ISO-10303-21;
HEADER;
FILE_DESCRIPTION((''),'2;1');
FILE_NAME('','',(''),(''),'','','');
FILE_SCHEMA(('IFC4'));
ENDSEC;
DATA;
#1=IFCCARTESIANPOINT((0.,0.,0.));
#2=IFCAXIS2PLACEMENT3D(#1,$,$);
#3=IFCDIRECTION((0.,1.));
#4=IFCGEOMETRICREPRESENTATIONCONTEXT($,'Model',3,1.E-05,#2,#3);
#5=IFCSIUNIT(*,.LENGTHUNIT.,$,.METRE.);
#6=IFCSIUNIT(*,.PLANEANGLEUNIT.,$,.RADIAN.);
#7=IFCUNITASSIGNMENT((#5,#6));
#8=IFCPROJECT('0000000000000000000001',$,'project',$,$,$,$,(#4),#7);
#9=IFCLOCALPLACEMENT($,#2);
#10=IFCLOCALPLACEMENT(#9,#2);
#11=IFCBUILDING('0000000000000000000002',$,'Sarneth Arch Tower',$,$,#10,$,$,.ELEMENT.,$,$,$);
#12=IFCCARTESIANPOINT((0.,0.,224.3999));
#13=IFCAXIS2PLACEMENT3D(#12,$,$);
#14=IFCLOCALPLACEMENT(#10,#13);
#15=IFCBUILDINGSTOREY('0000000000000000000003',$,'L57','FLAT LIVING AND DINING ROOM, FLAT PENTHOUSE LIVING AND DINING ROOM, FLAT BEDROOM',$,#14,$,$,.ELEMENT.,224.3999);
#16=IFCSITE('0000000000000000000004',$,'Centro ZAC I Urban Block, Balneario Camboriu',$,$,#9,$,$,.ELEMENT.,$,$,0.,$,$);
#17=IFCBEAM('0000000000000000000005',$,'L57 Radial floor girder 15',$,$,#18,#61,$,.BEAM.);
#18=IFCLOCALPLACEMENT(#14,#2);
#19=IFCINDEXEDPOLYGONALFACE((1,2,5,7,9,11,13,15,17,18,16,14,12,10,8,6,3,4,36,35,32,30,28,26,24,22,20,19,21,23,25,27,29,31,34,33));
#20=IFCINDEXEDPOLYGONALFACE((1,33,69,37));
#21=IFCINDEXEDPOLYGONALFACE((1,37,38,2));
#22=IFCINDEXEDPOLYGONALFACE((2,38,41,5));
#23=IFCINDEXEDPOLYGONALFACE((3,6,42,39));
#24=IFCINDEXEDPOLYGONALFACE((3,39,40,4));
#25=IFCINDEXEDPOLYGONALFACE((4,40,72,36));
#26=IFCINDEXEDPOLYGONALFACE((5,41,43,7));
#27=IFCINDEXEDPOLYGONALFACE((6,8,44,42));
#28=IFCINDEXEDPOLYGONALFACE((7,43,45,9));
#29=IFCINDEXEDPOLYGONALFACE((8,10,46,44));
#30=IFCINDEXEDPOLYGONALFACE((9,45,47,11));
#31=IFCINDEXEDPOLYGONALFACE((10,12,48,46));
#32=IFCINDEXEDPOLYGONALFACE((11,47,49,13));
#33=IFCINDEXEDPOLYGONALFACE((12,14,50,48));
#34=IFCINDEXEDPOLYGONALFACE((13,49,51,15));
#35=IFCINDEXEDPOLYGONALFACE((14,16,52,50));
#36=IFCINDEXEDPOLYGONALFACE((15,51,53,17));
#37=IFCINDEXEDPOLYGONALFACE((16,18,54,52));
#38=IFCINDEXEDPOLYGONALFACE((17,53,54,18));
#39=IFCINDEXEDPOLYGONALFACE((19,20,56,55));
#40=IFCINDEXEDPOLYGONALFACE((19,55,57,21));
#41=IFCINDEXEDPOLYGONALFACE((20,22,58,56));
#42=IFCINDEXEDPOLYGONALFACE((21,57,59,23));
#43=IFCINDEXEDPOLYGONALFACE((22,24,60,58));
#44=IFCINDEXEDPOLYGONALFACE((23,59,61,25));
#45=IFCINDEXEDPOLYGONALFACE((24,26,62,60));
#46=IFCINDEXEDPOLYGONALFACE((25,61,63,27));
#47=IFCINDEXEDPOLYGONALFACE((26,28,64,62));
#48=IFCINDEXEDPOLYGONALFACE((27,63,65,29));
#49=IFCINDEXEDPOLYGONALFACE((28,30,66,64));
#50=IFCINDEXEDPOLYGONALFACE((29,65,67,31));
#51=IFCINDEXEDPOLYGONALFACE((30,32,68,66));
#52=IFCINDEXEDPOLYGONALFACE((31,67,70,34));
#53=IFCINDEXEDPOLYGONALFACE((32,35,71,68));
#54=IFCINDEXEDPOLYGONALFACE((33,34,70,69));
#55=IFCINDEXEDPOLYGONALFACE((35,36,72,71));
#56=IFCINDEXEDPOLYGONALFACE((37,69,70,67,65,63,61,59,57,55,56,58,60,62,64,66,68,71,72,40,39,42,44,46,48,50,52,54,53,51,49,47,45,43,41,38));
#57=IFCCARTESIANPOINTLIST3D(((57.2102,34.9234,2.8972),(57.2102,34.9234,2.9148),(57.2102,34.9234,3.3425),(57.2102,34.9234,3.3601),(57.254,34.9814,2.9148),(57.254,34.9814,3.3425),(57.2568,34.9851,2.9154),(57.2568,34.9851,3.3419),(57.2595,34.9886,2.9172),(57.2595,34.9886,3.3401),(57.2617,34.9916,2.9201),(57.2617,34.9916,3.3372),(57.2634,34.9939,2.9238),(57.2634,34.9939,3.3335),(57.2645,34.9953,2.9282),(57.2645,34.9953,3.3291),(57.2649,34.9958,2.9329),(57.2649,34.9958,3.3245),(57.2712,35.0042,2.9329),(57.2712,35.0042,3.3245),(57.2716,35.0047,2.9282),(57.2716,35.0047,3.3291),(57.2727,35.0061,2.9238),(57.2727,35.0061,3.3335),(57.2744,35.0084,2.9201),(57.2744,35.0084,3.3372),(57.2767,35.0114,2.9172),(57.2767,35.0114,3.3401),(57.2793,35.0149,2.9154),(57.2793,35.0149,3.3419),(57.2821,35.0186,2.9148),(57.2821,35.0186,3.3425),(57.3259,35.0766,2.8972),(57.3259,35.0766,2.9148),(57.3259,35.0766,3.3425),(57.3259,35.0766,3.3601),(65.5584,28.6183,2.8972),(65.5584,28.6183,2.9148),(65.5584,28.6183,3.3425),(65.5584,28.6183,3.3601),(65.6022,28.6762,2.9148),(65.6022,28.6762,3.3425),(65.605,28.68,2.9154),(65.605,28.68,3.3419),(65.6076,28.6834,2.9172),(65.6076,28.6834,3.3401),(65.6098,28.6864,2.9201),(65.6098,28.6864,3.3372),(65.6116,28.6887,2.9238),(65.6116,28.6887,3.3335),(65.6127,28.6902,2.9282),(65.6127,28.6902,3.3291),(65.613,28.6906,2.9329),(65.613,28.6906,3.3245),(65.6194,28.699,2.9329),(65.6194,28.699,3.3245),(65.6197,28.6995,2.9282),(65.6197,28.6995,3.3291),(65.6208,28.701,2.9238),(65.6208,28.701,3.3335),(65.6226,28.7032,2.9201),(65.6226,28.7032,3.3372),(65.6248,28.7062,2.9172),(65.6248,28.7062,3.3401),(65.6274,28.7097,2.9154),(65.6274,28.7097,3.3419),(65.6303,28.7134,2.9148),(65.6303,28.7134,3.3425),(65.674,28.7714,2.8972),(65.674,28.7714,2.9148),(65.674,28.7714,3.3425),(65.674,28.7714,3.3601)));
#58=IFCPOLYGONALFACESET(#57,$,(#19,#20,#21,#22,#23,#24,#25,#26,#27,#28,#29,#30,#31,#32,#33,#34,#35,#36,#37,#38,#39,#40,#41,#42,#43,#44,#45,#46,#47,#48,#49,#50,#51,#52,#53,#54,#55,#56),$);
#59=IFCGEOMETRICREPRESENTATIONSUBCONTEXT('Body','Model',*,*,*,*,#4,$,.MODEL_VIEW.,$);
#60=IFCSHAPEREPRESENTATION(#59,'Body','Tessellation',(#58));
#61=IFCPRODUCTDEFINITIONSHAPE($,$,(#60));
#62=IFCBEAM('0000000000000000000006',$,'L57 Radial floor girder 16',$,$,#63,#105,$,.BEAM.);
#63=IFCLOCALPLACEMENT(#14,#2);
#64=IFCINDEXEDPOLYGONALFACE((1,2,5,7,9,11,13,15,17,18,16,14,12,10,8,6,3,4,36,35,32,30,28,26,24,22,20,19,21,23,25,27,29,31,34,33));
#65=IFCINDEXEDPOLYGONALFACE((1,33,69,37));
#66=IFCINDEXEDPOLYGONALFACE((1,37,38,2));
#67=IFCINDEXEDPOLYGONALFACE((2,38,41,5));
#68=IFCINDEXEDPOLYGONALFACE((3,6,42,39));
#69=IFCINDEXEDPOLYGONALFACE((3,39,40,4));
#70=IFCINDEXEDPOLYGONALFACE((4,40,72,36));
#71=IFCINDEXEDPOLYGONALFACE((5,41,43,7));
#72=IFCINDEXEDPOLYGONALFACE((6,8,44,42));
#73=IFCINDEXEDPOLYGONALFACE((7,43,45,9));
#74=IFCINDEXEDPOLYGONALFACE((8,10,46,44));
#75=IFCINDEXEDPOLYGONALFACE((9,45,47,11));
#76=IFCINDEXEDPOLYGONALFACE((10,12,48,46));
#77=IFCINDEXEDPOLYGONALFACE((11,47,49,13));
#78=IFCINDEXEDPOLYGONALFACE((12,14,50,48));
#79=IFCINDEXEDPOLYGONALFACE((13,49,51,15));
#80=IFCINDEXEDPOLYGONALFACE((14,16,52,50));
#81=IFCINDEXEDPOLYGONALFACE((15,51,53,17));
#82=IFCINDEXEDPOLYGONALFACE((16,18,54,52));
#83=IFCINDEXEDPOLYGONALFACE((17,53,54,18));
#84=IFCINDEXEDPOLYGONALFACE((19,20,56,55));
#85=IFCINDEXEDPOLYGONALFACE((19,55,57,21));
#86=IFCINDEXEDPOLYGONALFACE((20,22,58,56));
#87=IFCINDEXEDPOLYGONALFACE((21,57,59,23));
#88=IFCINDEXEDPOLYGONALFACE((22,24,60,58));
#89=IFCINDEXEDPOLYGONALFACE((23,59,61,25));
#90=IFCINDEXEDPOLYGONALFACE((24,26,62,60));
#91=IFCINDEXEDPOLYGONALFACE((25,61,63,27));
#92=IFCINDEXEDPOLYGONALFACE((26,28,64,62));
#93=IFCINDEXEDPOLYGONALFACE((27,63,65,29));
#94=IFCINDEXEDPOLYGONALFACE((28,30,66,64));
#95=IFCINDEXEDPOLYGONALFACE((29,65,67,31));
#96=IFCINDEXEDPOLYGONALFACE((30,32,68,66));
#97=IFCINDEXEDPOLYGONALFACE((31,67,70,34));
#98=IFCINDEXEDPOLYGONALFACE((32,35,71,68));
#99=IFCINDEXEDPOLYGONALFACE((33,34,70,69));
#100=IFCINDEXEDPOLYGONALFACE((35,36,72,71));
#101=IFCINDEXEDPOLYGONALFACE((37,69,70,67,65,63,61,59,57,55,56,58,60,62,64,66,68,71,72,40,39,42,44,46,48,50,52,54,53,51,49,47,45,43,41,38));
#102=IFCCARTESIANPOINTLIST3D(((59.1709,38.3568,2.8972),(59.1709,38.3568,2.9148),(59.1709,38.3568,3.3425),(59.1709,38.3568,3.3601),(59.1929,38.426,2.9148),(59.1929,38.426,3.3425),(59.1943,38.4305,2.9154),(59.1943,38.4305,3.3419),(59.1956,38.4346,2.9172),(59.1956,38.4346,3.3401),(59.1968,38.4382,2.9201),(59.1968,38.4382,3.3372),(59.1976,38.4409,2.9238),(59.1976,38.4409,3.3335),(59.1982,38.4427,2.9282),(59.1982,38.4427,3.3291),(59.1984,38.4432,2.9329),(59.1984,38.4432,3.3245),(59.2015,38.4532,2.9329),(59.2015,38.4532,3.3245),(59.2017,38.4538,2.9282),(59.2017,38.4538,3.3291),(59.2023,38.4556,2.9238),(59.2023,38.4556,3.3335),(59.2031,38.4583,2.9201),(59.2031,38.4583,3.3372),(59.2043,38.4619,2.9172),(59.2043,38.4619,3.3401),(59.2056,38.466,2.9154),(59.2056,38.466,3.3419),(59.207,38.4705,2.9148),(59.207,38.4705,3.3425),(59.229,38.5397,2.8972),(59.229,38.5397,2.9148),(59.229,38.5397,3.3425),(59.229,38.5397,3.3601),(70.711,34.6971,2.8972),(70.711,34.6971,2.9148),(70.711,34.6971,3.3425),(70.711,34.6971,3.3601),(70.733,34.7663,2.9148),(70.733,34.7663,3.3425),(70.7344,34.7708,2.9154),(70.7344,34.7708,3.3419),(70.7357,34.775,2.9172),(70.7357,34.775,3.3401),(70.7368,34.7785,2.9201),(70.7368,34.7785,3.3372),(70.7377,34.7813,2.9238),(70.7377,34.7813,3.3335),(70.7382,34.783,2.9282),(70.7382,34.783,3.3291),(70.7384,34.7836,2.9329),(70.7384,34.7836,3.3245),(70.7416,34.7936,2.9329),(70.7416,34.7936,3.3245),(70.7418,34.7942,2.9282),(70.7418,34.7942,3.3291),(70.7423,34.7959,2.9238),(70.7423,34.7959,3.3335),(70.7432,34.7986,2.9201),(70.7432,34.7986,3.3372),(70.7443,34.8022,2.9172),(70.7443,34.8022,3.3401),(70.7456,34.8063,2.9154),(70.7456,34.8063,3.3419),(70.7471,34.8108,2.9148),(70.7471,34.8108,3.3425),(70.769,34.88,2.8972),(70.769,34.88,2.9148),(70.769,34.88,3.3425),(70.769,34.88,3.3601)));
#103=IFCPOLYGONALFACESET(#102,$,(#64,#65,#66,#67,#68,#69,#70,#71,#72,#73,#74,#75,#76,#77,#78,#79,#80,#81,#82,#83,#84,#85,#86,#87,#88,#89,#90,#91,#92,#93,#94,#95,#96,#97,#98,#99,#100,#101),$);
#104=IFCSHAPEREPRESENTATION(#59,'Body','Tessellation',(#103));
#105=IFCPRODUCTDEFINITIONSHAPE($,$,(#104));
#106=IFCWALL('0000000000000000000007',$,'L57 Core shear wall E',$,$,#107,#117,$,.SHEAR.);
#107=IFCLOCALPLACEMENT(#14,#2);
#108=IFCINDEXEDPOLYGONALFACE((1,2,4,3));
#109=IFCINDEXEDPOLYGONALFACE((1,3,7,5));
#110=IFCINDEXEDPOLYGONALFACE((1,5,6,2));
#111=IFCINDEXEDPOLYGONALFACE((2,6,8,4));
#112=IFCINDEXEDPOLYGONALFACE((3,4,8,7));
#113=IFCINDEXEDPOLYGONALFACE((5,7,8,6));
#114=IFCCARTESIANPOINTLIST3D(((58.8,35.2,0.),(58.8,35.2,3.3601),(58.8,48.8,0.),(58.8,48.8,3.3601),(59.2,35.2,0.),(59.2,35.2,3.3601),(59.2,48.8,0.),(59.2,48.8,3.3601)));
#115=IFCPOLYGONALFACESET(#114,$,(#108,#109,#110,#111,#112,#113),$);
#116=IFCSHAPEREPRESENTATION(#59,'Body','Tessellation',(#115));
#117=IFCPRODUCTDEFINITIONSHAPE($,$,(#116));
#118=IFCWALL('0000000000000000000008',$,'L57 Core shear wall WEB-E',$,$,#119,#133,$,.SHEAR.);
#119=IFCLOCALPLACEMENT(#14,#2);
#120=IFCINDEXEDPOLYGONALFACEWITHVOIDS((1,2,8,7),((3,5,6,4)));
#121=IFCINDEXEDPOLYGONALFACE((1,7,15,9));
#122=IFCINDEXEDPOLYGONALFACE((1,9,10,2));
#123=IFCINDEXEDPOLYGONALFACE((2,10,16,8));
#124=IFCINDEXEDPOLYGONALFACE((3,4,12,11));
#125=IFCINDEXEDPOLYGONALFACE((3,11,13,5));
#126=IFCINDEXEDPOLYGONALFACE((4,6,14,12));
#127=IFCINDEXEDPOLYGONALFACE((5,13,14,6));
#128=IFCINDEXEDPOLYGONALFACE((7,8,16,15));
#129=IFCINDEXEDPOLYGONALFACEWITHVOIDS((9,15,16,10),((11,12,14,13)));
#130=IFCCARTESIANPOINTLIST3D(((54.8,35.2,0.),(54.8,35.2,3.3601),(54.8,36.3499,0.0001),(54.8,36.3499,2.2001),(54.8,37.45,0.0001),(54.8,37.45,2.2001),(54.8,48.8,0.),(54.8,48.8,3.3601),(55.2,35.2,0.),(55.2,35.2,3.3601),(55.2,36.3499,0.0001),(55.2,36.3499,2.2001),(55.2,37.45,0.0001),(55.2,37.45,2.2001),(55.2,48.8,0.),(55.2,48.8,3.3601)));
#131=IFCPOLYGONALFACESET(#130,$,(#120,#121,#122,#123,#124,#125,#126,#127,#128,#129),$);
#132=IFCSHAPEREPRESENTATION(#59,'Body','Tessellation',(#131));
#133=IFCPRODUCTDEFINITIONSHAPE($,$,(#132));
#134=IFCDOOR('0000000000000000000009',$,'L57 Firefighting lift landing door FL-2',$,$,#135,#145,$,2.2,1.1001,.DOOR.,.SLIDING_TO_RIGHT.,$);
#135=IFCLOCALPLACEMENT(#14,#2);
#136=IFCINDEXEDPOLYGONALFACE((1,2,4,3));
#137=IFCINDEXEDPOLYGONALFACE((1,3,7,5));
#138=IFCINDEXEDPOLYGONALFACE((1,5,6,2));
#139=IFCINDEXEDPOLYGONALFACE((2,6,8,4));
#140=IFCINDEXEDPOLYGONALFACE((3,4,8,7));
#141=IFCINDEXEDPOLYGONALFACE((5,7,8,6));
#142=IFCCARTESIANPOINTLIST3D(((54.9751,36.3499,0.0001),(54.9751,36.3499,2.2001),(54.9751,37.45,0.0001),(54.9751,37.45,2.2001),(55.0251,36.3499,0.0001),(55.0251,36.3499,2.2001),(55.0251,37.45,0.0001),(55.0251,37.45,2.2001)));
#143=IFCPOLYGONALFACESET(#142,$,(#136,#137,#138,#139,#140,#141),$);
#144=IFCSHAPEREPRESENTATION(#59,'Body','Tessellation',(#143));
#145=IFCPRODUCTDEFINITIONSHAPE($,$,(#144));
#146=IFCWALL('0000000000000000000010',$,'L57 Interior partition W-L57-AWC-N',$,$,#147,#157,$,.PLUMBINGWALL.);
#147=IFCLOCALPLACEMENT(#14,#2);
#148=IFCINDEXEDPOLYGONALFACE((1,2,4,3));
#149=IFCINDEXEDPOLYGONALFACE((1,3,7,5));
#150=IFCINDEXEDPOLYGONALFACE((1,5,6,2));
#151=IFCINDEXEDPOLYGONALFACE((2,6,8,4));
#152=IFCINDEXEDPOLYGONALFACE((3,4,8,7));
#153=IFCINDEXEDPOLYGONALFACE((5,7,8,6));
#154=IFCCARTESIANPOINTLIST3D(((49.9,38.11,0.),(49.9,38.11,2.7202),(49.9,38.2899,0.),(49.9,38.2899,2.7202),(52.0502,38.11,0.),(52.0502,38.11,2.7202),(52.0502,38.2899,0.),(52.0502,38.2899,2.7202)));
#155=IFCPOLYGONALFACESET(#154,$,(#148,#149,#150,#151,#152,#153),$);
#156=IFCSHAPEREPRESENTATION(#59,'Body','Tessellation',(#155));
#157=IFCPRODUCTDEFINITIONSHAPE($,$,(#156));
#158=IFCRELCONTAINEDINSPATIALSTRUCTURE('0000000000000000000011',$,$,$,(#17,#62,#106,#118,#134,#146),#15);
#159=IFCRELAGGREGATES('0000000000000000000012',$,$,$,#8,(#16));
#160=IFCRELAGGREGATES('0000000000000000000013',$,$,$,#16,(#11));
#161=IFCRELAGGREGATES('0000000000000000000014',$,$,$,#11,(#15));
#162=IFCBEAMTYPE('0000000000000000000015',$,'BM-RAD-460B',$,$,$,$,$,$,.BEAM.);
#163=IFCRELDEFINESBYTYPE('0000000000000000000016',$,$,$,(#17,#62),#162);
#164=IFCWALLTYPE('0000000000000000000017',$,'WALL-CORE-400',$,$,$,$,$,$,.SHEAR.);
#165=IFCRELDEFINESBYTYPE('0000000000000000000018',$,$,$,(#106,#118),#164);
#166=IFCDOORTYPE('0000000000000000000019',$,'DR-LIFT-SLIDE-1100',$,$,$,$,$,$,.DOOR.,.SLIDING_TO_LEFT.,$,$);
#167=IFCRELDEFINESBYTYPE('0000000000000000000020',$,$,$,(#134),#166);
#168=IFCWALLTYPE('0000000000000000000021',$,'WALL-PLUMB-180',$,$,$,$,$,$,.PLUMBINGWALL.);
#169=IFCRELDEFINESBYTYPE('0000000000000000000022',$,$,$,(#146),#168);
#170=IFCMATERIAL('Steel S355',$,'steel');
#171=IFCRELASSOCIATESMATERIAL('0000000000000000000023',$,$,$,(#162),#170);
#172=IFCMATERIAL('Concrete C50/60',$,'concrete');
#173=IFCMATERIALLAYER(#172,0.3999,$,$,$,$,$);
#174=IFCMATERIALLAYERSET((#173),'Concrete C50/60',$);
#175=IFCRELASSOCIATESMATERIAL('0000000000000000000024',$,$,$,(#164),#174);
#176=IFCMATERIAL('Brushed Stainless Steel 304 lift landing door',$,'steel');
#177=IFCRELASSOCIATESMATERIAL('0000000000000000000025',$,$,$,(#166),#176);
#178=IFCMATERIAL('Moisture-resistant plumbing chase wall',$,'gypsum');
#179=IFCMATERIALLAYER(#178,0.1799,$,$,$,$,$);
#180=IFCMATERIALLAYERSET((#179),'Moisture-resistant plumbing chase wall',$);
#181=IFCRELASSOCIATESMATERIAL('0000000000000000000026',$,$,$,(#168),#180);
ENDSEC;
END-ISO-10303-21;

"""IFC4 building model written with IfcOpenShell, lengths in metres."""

from ifc_helpers import new_model, si_unit, direction, frame, frame_2d, origin, origin_2d, place, context, subcontext, project, spatial, rectangle, i_section, extrude, material, layer, layer_set, material_profile, profile_set, type_object, element, fill, save


model = new_model("IFC4")

# Units and contexts
model_context = context("Model", 3, precision=1e-05, world=origin(), true_north=direction((0.0, 1.0)))
body_context = subcontext(model_context, "Body", "Model", "MODEL_VIEW")
ifc_project = project(units=[si_unit("LENGTHUNIT", "METRE"), si_unit("PLANEANGLEUNIT", "RADIAN")], contexts=[model_context])

# Site, building, storey
site_placement = place(None, origin())
site = spatial("IfcSite", under=ifc_project, at=site_placement, Name="Centro ZAC I Urban Block, Balneario Camboriu", CompositionType="ELEMENT", RefElevation=0.0)
building_placement = place(site_placement, origin())
building = spatial("IfcBuilding", under=site, at=building_placement, Name="Sarneth Arch Tower", CompositionType="ELEMENT")
storey_placement = place(building_placement, frame((0.0, 0.0, 224.3999)))
storey = spatial("IfcBuildingStorey", under=building, at=storey_placement, Name="L57", Description="FLAT LIVING AND DINING ROOM, FLAT PENTHOUSE LIVING AND DINING ROOM, FLAT BEDROOM", CompositionType="ELEMENT", Elevation=224.3999)

# Beams
ifc_material_1 = material(Name="Steel S355", Category="steel")
ifc_material_profile_1 = material_profile(ifc_material_1, i_section(OverallWidth=0.1919, OverallDepth=0.4629, WebThickness=0.0105, FlangeThickness=0.0176, FilletRadius=0.0181, at=origin_2d()), Name="W460x89")
ifc_profile_set_1 = profile_set([ifc_material_profile_1], Name="Steel S355")
beam_type_1 = type_object("IfcBeamType", Name="BM-RAD-460B", PredefinedType="BEAM", material=ifc_profile_set_1)
beam_1_placement = place(storey_placement, frame((57.2681, 35.0, 3.1287), z_axis=(0.797974, -0.602692, 0.0), x_axis=(0.602692, 0.797974, 0.0)))
element("IfcBeam", 1, at=beam_1_placement, inside=storey, type_object=beam_type_1, Name="L57 Radial floor girder 15", PredefinedType="BEAM", context=body_context, shape_type="SweptSolid", body=[
    extrude(i_section(OverallWidth=0.1919, OverallDepth=0.4629, WebThickness=0.0105, FlangeThickness=0.0176, FilletRadius=0.0181, at=origin_2d()), origin(), (0.0, 0.0, 1.0), 10.4617),
])
beam_2_placement = place(storey_placement, frame((59.2, 38.4482, 3.1287), z_axis=(0.953216, -0.302291, 0.0), x_axis=(0.302291, 0.953216, 0.0)))
element("IfcBeam", 2, at=beam_2_placement, inside=storey, type_object=beam_type_1, Name="L57 Radial floor girder 16", PredefinedType="BEAM", context=body_context, shape_type="SweptSolid", body=[
    extrude(i_section(OverallWidth=0.1919, OverallDepth=0.4629, WebThickness=0.0105, FlangeThickness=0.0176, FilletRadius=0.0181, at=origin_2d()), origin(), (0.0, 0.0, 1.0), 12.1064),
])

# Shared definitions
ifc_material_2 = material(Name="Concrete C50/60", Category="concrete")
ifc_layer_1 = layer(ifc_material_2, 0.3999)
ifc_layer_set_1 = layer_set([ifc_layer_1], Name="Concrete C50/60")
wall_type_1 = type_object("IfcWallType", Name="WALL-CORE-400", PredefinedType="SHEAR", material=ifc_layer_set_1)

# Wall
wall_1_placement = place(storey_placement, frame((59.0, 35.2, 0.0), z_axis=(0.0, 0.0, 1.0), x_axis=(0.0, 1.0, 0.0)))
element("IfcWall", 3, at=wall_1_placement, inside=storey, type_object=wall_type_1, Name="L57 Core shear wall E", PredefinedType="SHEAR", context=body_context, shape_type="SweptSolid", body=[
    extrude(rectangle(XDim=13.6001, YDim=0.3999, at=frame_2d((6.8, 0.0))), origin(), (0.0, 0.0, 1.0), 3.3601),
])

# Wall, opening, door
wall_2_placement = place(storey_placement, frame((55.0, 35.2, 0.0), z_axis=(0.0, 0.0, 1.0), x_axis=(0.0, 1.0, 0.0)))
wall_2 = element("IfcWall", 4, at=wall_2_placement, inside=storey, type_object=wall_type_1, Name="L57 Core shear wall WEB-E", PredefinedType="SHEAR", context=body_context, shape_type="SweptSolid", body=[
    extrude(rectangle(XDim=13.6001, YDim=0.3999, at=frame_2d((6.8, 0.0))), origin(), (0.0, 0.0, 1.0), 3.3601),
])
opening_1_placement = place(wall_2_placement, frame((1.1499, 0.0, 0.0)))
opening_1 = element("IfcOpeningElement", 5, at=opening_1_placement, cuts=wall_2, PredefinedType="OPENING", context=body_context, shape_type="SweptSolid", body=[
    extrude(rectangle(XDim=1.1001, YDim=2.2, at=frame_2d((0.55, 1.1001))), frame((0.0, 0.21, 0.0), z_axis=(0.0, -1.0, 0.0), x_axis=(1.0, 0.0, 0.0)), (0.0, 0.0, 1.0), 0.4199),
])
ifc_material_3 = material(Name="Brushed Stainless Steel 304 lift landing door", Category="steel")
door_type_1 = type_object("IfcDoorType", Name="DR-LIFT-SLIDE-1100", OperationType="SLIDING_TO_LEFT", PredefinedType="DOOR", material=ifc_material_3)
door_1_placement = place(opening_1_placement, origin())
door_1 = element("IfcDoor", 6, at=door_1_placement, inside=storey, type_object=door_type_1, Name="L57 Firefighting lift landing door FL-2", OperationType="SLIDING_TO_RIGHT", OverallHeight=2.2, OverallWidth=1.1001, PredefinedType="DOOR", context=body_context, shape_type="SweptSolid", body=[
    extrude(rectangle(XDim=1.1001, YDim=2.2, at=frame_2d((0.55, 1.1001))), frame((0.0, 0.0249, 0.0), z_axis=(0.0, -1.0, 0.0), x_axis=(1.0, 0.0, 0.0)), (0.0, 0.0, 1.0), 0.05),
])
fill(opening_1, door_1)

# Wall
ifc_material_4 = material(Name="Moisture-resistant plumbing chase wall", Category="gypsum")
ifc_layer_2 = layer(ifc_material_4, 0.1799)
ifc_layer_set_2 = layer_set([ifc_layer_2], Name="Moisture-resistant plumbing chase wall")
wall_type_2 = type_object("IfcWallType", Name="WALL-PLUMB-180", PredefinedType="PLUMBINGWALL", material=ifc_layer_set_2)
wall_3_placement = place(storey_placement, frame((49.8999, 38.2, 0.0), z_axis=(0.0, 0.0, 1.0), x_axis=(1.0, 0.0, 0.0)))
element("IfcWall", 7, at=wall_3_placement, inside=storey, type_object=wall_type_2, Name="L57 Interior partition W-L57-AWC-N", PredefinedType="PLUMBINGWALL", context=body_context, shape_type="SweptSolid", body=[
    extrude(rectangle(XDim=2.1501, YDim=0.1799, at=frame_2d((1.0752, 0.0))), origin(), (0.0, 0.0, 1.0), 2.7202),
])

save(model, "model.ifc")
